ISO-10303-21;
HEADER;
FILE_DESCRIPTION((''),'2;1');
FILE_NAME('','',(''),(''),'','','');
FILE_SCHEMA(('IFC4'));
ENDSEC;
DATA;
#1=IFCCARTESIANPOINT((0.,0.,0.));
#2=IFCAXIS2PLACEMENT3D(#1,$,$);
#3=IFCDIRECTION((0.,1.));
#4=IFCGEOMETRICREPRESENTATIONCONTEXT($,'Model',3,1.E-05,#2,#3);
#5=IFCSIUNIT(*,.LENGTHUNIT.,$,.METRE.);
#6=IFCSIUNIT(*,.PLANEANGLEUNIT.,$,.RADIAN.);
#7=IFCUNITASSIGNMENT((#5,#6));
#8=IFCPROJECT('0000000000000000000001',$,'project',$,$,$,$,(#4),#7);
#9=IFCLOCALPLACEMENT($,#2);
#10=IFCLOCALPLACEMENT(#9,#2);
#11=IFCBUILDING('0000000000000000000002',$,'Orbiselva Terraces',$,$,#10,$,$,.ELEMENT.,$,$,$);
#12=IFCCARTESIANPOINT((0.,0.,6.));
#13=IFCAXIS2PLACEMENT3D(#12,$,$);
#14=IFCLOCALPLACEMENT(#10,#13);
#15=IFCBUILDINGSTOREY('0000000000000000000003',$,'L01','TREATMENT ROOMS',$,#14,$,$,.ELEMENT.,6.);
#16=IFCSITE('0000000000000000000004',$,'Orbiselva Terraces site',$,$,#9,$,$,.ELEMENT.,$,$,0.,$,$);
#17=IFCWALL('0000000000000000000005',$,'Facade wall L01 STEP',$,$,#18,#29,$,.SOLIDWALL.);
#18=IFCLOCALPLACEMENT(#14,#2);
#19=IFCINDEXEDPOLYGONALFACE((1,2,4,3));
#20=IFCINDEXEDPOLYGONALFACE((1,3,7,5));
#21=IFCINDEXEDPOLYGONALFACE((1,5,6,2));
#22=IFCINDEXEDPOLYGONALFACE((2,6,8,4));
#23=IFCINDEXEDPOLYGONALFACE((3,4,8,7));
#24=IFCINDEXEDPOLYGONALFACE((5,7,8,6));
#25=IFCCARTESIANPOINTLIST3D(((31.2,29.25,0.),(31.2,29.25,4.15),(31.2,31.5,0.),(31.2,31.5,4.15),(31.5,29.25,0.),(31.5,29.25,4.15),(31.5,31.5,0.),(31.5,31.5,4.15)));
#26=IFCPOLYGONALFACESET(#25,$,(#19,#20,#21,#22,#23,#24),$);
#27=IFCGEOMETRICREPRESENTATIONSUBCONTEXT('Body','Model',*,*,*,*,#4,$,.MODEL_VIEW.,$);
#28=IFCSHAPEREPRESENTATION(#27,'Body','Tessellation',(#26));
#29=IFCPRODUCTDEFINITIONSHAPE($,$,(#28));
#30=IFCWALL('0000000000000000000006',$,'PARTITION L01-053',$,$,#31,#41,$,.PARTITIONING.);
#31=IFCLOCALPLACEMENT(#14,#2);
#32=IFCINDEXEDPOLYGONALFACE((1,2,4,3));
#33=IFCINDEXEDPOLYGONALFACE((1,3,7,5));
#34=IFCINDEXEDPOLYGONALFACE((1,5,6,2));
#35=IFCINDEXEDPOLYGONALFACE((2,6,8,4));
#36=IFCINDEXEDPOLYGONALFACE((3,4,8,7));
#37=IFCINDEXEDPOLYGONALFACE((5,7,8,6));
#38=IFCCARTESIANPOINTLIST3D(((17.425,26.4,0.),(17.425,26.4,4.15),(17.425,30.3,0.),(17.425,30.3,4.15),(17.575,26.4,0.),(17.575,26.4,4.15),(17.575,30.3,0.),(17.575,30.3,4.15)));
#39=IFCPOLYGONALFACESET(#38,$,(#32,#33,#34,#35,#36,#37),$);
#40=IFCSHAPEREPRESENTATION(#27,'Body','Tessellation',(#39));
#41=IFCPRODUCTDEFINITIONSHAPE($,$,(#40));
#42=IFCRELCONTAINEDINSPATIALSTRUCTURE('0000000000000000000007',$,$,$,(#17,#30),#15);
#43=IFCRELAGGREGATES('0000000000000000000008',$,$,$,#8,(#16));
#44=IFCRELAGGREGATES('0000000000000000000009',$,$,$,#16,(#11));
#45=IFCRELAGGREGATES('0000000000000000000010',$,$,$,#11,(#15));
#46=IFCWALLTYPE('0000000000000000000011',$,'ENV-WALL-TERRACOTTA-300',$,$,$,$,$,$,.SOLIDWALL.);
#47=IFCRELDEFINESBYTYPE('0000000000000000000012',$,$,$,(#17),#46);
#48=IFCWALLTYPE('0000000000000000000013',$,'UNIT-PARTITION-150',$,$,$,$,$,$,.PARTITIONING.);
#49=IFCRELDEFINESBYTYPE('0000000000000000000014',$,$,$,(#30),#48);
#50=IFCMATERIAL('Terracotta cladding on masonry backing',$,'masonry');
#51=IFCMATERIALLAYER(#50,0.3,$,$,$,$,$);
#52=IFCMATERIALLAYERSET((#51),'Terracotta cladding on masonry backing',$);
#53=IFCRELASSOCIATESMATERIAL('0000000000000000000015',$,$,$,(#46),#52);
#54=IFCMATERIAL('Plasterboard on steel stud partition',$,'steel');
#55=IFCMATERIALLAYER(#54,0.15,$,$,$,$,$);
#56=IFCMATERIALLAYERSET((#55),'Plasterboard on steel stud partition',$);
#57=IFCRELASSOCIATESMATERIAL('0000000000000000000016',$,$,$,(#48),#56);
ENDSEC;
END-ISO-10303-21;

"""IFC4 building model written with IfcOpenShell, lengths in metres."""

from ifc_helpers import new_model, si_unit, direction, frame, frame_2d, origin, place, context, subcontext, project, spatial, rectangle, extrude, material, layer, layer_set, type_object, element, save


model = new_model("IFC4")

# Units and contexts
model_context = context("Model", 3, precision=1e-05, world=origin(), true_north=direction((0.0, 1.0)))
body_context = subcontext(model_context, "Body", "Model", "MODEL_VIEW")
ifc_project = project(units=[si_unit("LENGTHUNIT", "METRE"), si_unit("PLANEANGLEUNIT", "RADIAN")], contexts=[model_context])

# Site, building, storey
site_placement = place(None, origin())
site = spatial("IfcSite", under=ifc_project, at=site_placement, Name="Orbiselva Terraces site", CompositionType="ELEMENT", RefElevation=0.0)
building_placement = place(site_placement, origin())
building = spatial("IfcBuilding", under=site, at=building_placement, Name="Orbiselva Terraces", CompositionType="ELEMENT")
storey_placement = place(building_placement, frame((0.0, 0.0, 6.0)))
storey = spatial("IfcBuildingStorey", under=building, at=storey_placement, Name="L01", Description="TREATMENT ROOMS", CompositionType="ELEMENT", Elevation=6.0)

# Walls
ifc_material_1 = material(Name="Terracotta cladding on masonry backing", Category="masonry")
ifc_layer_1 = layer(ifc_material_1, 0.3)
ifc_layer_set_1 = layer_set([ifc_layer_1], Name="Terracotta cladding on masonry backing")
wall_type_1 = type_object("IfcWallType", Name="ENV-WALL-TERRACOTTA-300", PredefinedType="SOLIDWALL", material=ifc_layer_set_1)
wall_1_placement = place(storey_placement, frame((31.35, 31.5, 0.0), z_axis=(0.0, 0.0, 1.0), x_axis=(0.0, -1.0, 0.0)))
element("IfcWall", 1, at=wall_1_placement, inside=storey, type_object=wall_type_1, Name="Facade wall L01 STEP", PredefinedType="SOLIDWALL", context=body_context, shape_type="SweptSolid", body=[
    extrude(rectangle(XDim=2.25, YDim=0.3, at=frame_2d((1.125, 0.0))), origin(), (0.0, 0.0, 1.0), 4.15),
])
ifc_material_2 = material(Name="Plasterboard on steel stud partition", Category="steel")
ifc_layer_2 = layer(ifc_material_2, 0.15)
ifc_layer_set_2 = layer_set([ifc_layer_2], Name="Plasterboard on steel stud partition")
wall_type_2 = type_object("IfcWallType", Name="UNIT-PARTITION-150", PredefinedType="PARTITIONING", material=ifc_layer_set_2)
wall_2_placement = place(storey_placement, frame((17.5, 26.4, 0.0), z_axis=(0.0, 0.0, 1.0), x_axis=(0.0, 1.0, 0.0)))
element("IfcWall", 2, at=wall_2_placement, inside=storey, type_object=wall_type_2, Name="PARTITION L01-053", PredefinedType="PARTITIONING", context=body_context, shape_type="SweptSolid", body=[
    extrude(rectangle(XDim=3.9, YDim=0.15, at=frame_2d((1.95, 0.0))), origin(), (0.0, 0.0, 1.0), 4.15),
])

save(model, "model.ifc")
